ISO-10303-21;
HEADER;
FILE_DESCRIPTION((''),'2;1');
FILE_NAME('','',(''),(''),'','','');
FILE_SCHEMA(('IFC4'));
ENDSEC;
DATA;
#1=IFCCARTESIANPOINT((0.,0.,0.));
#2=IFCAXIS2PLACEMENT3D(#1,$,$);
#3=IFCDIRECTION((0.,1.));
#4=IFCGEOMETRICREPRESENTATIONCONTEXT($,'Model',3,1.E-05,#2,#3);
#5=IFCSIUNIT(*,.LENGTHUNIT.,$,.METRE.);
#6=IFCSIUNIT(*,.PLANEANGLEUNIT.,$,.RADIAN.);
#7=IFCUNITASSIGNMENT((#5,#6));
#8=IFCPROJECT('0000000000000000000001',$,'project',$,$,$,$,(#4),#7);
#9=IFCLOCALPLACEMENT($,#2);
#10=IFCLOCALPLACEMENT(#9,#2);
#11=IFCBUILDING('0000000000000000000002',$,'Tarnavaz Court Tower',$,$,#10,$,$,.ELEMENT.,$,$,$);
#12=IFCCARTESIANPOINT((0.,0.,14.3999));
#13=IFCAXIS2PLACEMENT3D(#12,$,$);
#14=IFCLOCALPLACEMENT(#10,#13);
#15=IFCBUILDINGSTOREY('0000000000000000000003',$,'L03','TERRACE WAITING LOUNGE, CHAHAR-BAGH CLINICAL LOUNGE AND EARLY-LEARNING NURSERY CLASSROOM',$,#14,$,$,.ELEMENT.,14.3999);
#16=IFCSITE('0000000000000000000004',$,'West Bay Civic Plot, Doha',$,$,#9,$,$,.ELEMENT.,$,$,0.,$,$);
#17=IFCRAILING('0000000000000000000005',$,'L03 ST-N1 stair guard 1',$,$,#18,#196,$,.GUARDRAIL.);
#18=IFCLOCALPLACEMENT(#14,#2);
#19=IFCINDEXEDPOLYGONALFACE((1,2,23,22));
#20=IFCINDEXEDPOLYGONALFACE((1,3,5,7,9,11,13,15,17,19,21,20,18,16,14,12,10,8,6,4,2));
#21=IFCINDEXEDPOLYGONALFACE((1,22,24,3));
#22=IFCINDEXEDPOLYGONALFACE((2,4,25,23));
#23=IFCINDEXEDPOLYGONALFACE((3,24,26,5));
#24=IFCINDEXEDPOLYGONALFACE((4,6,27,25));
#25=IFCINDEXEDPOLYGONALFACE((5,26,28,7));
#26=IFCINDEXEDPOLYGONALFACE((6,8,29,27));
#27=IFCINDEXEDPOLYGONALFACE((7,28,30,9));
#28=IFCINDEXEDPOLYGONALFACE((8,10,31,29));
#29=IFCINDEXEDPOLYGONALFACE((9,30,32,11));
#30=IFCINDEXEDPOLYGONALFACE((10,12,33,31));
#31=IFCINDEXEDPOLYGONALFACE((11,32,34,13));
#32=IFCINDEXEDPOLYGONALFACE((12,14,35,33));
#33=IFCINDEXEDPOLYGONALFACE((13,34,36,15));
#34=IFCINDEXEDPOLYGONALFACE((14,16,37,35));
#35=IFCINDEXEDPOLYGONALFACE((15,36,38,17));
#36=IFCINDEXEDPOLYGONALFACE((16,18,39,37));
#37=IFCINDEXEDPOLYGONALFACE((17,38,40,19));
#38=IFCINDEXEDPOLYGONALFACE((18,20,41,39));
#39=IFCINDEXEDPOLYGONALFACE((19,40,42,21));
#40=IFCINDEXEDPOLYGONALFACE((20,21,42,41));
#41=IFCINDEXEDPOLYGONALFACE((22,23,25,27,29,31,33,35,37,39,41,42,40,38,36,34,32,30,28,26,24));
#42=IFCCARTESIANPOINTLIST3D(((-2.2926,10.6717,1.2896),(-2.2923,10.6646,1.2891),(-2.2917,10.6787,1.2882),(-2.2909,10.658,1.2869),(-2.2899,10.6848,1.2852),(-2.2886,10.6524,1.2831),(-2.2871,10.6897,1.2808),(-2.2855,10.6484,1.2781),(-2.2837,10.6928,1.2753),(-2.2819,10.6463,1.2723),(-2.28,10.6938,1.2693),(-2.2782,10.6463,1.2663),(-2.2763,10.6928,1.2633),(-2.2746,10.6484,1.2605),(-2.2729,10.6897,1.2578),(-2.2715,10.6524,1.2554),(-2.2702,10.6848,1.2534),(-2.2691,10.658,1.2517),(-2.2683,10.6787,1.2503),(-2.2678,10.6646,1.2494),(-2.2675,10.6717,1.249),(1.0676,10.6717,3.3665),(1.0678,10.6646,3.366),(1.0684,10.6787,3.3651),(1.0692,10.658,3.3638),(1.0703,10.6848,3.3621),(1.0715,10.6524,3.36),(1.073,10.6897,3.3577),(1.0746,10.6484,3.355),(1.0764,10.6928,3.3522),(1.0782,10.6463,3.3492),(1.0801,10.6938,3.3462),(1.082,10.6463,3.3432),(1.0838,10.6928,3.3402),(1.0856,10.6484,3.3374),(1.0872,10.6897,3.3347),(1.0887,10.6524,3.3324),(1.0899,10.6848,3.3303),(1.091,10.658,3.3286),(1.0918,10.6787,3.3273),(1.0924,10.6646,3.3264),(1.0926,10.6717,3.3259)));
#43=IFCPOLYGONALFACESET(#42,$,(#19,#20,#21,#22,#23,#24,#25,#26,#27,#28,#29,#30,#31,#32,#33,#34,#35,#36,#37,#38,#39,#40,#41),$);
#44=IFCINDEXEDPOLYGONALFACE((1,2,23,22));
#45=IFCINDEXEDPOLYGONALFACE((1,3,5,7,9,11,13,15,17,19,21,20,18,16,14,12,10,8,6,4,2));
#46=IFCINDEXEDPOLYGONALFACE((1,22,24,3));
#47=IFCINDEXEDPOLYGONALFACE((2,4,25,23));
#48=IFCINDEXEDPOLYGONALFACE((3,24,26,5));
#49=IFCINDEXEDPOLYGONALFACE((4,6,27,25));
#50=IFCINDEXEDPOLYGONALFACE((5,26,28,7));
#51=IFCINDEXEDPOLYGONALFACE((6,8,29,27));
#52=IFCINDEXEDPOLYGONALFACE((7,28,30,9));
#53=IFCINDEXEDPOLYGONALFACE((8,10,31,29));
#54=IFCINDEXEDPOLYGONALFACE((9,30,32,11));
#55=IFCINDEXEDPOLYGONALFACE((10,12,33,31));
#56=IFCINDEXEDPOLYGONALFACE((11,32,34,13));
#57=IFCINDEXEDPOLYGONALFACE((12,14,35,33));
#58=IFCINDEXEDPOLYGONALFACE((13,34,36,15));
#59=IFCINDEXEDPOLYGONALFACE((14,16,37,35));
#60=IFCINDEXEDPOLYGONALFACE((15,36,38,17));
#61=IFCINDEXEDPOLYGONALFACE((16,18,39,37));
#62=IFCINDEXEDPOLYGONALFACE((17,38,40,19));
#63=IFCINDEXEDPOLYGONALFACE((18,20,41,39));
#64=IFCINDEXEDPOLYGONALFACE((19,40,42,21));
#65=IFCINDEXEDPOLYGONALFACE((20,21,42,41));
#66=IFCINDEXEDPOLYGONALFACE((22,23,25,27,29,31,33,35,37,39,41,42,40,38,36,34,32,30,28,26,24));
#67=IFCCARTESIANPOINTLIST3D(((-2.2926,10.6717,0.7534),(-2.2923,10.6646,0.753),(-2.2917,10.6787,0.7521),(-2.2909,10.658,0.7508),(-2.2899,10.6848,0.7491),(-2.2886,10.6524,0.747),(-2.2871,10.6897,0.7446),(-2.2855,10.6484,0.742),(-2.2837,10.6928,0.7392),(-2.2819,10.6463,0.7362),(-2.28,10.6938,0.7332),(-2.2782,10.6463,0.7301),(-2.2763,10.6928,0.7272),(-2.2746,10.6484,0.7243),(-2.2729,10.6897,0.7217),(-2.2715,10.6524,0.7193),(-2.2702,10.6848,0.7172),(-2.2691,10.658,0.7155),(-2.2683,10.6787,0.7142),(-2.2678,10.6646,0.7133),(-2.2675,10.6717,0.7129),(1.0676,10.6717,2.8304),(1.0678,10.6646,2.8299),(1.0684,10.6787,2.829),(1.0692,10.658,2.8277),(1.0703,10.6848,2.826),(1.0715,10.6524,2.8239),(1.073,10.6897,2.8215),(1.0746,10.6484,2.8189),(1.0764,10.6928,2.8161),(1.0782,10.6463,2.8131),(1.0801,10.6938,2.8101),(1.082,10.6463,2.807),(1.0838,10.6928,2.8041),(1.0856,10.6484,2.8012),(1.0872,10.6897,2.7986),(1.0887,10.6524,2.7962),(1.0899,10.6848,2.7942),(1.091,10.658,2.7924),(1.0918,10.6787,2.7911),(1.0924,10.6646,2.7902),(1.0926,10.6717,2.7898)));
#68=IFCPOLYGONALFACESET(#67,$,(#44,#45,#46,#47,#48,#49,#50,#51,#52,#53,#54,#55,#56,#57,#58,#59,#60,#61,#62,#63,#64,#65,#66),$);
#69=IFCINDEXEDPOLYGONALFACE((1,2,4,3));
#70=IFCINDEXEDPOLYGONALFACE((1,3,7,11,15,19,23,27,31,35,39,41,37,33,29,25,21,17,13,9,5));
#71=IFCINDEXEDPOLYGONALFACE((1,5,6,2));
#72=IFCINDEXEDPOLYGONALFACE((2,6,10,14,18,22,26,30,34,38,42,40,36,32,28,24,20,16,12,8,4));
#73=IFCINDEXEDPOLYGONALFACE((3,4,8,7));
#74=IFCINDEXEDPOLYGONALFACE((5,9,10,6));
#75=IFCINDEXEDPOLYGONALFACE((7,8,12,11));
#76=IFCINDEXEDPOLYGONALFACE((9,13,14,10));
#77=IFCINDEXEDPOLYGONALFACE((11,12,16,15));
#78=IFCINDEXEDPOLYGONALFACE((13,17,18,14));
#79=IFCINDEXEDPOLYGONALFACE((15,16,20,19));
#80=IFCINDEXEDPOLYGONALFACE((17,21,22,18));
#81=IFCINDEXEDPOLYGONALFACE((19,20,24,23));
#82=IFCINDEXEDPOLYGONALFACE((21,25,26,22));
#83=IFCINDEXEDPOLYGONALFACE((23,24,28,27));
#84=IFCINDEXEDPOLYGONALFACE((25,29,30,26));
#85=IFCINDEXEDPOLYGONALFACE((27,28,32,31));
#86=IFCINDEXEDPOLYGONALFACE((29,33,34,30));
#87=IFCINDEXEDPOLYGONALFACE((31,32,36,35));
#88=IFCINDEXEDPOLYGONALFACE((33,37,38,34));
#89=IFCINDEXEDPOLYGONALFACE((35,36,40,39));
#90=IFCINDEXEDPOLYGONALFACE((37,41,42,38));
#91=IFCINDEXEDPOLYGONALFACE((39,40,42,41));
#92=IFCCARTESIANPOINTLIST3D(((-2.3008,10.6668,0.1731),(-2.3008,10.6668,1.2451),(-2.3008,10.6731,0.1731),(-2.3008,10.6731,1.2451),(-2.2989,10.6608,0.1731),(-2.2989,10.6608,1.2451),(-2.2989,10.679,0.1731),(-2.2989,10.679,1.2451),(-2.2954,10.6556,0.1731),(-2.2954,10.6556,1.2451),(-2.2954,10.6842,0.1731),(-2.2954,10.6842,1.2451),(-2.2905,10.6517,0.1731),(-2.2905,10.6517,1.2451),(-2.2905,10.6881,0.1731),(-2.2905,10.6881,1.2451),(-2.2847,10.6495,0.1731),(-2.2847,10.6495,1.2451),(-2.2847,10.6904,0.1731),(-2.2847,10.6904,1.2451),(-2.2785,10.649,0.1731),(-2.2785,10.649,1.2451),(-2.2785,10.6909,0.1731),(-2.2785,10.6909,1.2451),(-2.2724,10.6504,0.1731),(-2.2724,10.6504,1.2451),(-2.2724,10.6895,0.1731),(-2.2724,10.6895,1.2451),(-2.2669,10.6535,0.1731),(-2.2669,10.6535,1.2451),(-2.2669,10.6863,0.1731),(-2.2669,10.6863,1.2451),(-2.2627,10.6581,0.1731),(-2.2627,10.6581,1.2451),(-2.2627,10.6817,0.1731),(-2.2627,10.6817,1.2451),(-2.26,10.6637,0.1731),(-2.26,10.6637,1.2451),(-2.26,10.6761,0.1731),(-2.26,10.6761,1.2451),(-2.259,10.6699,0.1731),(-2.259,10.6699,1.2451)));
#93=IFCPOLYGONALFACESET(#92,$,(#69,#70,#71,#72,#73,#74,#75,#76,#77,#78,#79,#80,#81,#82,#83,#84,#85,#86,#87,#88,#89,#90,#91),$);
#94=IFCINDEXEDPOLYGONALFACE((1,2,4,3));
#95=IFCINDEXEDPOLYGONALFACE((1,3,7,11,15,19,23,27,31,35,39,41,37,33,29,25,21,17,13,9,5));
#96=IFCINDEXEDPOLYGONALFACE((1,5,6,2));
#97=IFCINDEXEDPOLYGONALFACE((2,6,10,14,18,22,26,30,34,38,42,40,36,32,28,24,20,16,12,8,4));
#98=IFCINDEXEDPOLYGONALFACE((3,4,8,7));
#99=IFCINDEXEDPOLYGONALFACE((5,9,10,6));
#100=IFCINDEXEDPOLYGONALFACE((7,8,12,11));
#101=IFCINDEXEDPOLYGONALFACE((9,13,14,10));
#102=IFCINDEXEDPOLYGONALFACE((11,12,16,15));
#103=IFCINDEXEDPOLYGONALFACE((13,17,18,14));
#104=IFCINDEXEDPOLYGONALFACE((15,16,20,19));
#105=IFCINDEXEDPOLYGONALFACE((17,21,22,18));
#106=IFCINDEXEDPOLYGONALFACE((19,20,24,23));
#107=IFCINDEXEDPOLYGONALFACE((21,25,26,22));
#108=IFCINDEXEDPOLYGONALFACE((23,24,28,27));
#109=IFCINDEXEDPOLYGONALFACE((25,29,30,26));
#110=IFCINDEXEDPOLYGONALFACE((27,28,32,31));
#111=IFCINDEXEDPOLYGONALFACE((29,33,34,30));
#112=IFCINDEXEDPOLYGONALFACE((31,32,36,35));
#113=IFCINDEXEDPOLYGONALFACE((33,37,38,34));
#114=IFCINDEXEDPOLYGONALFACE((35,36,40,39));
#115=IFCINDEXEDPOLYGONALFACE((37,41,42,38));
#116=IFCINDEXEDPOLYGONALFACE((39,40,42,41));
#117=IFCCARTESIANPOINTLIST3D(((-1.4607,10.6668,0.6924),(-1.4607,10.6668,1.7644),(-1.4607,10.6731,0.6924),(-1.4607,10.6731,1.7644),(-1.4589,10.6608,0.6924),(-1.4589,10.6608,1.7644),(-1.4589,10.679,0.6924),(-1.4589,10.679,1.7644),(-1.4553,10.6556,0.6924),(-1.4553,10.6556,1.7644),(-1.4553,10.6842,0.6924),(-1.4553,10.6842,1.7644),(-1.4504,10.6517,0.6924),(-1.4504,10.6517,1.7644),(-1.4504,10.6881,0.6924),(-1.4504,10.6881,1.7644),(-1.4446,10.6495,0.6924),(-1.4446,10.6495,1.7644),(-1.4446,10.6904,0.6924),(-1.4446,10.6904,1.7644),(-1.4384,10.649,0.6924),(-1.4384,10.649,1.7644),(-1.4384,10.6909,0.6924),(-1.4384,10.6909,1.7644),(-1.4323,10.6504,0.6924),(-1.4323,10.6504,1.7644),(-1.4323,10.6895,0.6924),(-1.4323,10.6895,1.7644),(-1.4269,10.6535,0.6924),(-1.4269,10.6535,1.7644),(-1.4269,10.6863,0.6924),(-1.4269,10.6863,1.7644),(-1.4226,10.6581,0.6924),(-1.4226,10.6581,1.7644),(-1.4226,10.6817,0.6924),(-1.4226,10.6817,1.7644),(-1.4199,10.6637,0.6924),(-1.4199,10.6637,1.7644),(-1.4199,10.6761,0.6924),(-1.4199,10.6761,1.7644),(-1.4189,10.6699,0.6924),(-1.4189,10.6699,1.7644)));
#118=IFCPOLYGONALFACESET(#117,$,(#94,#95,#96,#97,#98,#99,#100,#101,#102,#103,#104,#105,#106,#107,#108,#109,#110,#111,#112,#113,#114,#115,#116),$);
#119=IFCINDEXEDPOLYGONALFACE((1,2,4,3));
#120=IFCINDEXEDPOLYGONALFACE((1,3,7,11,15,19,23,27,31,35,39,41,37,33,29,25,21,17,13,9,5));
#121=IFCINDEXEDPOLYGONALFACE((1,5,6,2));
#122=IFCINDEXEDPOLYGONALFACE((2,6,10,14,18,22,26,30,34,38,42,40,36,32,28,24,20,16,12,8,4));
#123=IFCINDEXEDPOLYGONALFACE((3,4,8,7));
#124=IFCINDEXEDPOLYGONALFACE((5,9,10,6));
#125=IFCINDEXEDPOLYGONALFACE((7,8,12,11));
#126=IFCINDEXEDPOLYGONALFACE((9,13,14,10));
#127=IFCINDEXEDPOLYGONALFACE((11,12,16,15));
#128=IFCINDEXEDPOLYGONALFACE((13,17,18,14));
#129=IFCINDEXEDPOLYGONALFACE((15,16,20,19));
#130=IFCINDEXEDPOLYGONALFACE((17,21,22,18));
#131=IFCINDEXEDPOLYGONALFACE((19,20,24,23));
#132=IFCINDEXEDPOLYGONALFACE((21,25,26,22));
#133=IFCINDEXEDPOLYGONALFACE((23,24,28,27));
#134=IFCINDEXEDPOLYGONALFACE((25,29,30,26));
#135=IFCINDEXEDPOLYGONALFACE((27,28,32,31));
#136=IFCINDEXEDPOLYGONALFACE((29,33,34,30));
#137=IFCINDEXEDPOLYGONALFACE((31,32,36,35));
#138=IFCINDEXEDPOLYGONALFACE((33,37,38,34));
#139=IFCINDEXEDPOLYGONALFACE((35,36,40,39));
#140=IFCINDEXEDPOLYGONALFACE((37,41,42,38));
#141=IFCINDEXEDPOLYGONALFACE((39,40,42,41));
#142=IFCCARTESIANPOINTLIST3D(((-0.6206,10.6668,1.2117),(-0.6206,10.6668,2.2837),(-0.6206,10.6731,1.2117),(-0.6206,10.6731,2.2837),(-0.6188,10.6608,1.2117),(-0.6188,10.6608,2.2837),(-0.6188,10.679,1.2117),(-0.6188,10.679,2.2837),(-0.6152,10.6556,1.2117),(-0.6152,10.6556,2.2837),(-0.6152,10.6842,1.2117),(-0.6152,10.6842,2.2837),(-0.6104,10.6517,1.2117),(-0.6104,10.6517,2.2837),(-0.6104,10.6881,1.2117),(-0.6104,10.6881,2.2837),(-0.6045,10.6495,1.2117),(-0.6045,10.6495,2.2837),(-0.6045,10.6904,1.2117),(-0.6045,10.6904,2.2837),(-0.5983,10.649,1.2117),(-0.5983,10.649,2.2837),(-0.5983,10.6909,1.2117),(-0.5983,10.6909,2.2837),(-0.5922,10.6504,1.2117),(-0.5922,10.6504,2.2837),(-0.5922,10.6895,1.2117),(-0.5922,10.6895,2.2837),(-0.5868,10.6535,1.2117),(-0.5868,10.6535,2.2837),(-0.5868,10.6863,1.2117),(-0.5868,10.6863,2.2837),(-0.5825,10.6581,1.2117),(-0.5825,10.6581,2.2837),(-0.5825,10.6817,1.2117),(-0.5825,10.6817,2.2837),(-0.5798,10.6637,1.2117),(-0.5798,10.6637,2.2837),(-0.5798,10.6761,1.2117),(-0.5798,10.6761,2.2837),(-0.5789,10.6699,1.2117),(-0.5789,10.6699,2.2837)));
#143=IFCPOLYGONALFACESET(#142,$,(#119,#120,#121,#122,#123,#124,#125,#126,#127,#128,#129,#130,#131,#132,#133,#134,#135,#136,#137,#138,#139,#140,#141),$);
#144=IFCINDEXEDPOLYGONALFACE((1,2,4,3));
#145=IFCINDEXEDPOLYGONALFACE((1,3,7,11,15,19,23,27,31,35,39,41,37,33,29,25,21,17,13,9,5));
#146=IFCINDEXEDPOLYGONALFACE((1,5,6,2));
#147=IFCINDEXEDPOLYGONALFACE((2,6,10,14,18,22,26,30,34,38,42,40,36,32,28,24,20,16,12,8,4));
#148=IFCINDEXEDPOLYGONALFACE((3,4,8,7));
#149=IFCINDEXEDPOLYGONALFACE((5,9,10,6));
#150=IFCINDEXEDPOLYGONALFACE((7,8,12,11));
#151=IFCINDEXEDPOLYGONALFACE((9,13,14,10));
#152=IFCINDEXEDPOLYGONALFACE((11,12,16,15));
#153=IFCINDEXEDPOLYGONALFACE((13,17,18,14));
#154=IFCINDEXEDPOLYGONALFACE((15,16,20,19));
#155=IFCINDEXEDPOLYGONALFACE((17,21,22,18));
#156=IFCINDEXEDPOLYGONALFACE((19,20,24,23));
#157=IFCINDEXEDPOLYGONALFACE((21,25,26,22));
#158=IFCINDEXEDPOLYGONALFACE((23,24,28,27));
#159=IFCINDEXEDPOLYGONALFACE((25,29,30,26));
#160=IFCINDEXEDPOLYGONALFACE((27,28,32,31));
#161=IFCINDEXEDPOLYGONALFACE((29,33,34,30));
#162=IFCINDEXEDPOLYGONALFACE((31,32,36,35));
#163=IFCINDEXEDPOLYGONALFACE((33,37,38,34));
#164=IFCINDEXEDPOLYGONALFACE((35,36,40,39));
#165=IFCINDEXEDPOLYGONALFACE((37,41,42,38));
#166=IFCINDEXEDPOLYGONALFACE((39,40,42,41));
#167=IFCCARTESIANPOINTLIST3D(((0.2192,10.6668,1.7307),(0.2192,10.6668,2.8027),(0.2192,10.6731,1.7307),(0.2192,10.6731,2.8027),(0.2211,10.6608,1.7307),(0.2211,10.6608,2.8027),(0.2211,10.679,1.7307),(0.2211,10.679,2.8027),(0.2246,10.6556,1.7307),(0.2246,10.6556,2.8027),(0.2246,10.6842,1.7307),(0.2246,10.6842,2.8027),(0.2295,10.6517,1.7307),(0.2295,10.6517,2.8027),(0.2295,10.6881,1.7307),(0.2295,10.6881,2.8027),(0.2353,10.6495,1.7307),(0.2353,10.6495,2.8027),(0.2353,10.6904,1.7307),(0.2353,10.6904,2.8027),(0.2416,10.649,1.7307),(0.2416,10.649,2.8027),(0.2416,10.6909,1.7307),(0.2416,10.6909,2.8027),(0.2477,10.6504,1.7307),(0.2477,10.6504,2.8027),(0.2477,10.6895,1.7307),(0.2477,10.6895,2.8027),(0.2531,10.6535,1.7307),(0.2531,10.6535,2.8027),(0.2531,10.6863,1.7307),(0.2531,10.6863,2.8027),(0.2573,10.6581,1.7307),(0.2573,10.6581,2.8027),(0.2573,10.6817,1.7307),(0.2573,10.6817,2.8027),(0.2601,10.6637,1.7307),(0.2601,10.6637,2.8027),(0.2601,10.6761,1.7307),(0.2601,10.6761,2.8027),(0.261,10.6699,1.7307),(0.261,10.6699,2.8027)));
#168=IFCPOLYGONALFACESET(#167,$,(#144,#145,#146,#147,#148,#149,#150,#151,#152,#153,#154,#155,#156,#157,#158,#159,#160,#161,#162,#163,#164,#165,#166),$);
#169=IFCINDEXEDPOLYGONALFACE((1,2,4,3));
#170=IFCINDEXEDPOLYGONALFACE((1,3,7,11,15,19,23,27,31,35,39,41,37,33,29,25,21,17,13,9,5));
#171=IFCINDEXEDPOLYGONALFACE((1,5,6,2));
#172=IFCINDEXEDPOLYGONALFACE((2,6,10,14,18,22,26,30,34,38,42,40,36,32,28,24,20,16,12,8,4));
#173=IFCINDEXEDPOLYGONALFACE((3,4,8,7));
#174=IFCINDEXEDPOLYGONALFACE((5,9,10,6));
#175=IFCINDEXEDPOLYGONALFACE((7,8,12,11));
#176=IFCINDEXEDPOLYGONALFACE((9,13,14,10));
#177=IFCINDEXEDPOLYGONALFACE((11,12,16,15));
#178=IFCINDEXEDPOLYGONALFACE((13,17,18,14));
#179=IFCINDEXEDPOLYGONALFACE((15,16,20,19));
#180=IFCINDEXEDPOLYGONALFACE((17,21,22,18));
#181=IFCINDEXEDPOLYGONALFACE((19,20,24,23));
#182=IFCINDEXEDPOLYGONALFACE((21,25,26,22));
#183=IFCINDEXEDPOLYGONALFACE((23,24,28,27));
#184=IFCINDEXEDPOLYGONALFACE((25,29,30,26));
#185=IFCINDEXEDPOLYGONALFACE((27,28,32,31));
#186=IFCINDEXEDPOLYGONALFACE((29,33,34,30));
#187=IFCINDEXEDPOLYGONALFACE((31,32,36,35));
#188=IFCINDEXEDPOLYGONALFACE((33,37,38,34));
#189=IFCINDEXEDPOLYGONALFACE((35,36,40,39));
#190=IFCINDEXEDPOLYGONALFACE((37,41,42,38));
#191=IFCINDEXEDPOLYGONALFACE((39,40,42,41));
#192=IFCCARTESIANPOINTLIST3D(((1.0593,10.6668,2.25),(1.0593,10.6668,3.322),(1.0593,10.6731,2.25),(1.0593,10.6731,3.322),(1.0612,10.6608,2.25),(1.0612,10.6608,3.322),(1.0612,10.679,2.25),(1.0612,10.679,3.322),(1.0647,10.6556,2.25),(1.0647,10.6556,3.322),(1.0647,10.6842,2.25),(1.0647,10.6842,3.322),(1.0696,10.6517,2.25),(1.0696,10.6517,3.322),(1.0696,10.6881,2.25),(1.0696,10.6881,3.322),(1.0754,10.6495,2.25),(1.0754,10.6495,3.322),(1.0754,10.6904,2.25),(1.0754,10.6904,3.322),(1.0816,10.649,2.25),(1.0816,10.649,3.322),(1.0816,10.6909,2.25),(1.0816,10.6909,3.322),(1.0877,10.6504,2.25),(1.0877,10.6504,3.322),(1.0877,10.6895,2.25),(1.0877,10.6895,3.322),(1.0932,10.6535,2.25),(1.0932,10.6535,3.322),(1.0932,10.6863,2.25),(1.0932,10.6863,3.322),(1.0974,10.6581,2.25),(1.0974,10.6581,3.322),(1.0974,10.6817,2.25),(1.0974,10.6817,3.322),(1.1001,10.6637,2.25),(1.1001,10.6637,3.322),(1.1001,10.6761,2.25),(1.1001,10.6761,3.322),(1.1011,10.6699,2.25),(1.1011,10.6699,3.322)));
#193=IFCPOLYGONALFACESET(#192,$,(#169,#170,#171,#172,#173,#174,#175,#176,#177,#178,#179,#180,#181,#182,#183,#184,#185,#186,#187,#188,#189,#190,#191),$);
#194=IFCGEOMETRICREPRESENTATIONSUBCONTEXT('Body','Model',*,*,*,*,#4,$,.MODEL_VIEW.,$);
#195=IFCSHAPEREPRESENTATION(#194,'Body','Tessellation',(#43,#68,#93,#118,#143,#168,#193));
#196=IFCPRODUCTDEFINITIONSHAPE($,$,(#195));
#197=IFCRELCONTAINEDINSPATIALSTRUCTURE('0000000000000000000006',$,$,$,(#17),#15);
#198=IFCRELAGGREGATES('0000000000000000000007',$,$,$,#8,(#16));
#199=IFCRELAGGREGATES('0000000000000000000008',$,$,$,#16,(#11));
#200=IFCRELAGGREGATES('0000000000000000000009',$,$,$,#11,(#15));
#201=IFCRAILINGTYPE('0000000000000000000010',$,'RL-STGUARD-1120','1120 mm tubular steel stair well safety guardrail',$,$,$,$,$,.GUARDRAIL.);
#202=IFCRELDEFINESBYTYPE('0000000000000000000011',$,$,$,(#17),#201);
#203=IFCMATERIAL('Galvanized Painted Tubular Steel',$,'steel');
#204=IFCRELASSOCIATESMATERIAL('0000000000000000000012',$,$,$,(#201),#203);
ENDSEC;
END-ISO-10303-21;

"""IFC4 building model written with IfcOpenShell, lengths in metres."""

from ifc_helpers import new_model, si_unit, direction, frame, origin, origin_2d, place, context, subcontext, project, spatial, circle, extrude, material, type_object, element, save


model = new_model("IFC4")

# Units and contexts
model_context = context("Model", 3, precision=1e-05, world=origin(), true_north=direction((0.0, 1.0)))
body_context = subcontext(model_context, "Body", "Model", "MODEL_VIEW")
ifc_project = project(units=[si_unit("LENGTHUNIT", "METRE"), si_unit("PLANEANGLEUNIT", "RADIAN")], contexts=[model_context])

# Site, building, storey
site_placement = place(None, origin())
site = spatial("IfcSite", under=ifc_project, at=site_placement, Name="West Bay Civic Plot, Doha", CompositionType="ELEMENT", RefElevation=0.0)
building_placement = place(site_placement, origin())
building = spatial("IfcBuilding", under=site, at=building_placement, Name="Tarnavaz Court Tower", CompositionType="ELEMENT")
storey_placement = place(building_placement, frame((0.0, 0.0, 14.3999)))
storey = spatial("IfcBuildingStorey", under=building, at=storey_placement, Name="L03", Description="TERRACE WAITING LOUNGE, CHAHAR-BAGH CLINICAL LOUNGE AND EARLY-LEARNING NURSERY CLASSROOM", CompositionType="ELEMENT", Elevation=14.3999)

# Railing
ifc_material_1 = material(Name="Galvanized Painted Tubular Steel", Category="steel")
railing_type_1 = type_object("IfcRailingType", Name="RL-STGUARD-1120", Description="1120 mm tubular steel stair well safety guardrail", PredefinedType="GUARDRAIL", material=ifc_material_1)
railing_1_placement = place(storey_placement, frame((-2.28, 10.6699, 0.1731)))
element("IfcRailing", 1, at=railing_1_placement, inside=storey, type_object=railing_type_1, Name="L03 ST-N1 stair guard 1", PredefinedType="GUARDRAIL", context=body_context, shape_type="SweptSolid", body=[
    extrude(circle(Radius=0.0239, at=origin_2d()), frame((0.0, 0.0, 1.0962), z_axis=(0.850623, 0.0, 0.525776), x_axis=(0.0, 1.0, 0.0)), (0.0, 0.0, 1.0), 3.9502),
    extrude(circle(Radius=0.0239, at=origin_2d()), frame((0.0, 0.0, 0.5601), z_axis=(0.850623, 0.0, 0.525776), x_axis=(0.0, 1.0, 0.0)), (0.0, 0.0, 1.0), 3.9502),
    extrude(circle(Radius=0.021, at=origin_2d()), origin(), (0.0, 0.0, 1.0), 1.072),
    extrude(circle(Radius=0.021, at=origin_2d()), frame((0.8401, 0.0, 0.5193)), (0.0, 0.0, 1.0), 1.072),
    extrude(circle(Radius=0.021, at=origin_2d()), frame((1.6802, 0.0, 1.0386)), (0.0, 0.0, 1.0), 1.072),
    extrude(circle(Radius=0.021, at=origin_2d()), frame((2.52, 0.0, 1.5576)), (0.0, 0.0, 1.0), 1.072),
    extrude(circle(Radius=0.021, at=origin_2d()), frame((3.3601, 0.0, 2.0769)), (0.0, 0.0, 1.0), 1.072),
])

save(model, "model.ifc")
